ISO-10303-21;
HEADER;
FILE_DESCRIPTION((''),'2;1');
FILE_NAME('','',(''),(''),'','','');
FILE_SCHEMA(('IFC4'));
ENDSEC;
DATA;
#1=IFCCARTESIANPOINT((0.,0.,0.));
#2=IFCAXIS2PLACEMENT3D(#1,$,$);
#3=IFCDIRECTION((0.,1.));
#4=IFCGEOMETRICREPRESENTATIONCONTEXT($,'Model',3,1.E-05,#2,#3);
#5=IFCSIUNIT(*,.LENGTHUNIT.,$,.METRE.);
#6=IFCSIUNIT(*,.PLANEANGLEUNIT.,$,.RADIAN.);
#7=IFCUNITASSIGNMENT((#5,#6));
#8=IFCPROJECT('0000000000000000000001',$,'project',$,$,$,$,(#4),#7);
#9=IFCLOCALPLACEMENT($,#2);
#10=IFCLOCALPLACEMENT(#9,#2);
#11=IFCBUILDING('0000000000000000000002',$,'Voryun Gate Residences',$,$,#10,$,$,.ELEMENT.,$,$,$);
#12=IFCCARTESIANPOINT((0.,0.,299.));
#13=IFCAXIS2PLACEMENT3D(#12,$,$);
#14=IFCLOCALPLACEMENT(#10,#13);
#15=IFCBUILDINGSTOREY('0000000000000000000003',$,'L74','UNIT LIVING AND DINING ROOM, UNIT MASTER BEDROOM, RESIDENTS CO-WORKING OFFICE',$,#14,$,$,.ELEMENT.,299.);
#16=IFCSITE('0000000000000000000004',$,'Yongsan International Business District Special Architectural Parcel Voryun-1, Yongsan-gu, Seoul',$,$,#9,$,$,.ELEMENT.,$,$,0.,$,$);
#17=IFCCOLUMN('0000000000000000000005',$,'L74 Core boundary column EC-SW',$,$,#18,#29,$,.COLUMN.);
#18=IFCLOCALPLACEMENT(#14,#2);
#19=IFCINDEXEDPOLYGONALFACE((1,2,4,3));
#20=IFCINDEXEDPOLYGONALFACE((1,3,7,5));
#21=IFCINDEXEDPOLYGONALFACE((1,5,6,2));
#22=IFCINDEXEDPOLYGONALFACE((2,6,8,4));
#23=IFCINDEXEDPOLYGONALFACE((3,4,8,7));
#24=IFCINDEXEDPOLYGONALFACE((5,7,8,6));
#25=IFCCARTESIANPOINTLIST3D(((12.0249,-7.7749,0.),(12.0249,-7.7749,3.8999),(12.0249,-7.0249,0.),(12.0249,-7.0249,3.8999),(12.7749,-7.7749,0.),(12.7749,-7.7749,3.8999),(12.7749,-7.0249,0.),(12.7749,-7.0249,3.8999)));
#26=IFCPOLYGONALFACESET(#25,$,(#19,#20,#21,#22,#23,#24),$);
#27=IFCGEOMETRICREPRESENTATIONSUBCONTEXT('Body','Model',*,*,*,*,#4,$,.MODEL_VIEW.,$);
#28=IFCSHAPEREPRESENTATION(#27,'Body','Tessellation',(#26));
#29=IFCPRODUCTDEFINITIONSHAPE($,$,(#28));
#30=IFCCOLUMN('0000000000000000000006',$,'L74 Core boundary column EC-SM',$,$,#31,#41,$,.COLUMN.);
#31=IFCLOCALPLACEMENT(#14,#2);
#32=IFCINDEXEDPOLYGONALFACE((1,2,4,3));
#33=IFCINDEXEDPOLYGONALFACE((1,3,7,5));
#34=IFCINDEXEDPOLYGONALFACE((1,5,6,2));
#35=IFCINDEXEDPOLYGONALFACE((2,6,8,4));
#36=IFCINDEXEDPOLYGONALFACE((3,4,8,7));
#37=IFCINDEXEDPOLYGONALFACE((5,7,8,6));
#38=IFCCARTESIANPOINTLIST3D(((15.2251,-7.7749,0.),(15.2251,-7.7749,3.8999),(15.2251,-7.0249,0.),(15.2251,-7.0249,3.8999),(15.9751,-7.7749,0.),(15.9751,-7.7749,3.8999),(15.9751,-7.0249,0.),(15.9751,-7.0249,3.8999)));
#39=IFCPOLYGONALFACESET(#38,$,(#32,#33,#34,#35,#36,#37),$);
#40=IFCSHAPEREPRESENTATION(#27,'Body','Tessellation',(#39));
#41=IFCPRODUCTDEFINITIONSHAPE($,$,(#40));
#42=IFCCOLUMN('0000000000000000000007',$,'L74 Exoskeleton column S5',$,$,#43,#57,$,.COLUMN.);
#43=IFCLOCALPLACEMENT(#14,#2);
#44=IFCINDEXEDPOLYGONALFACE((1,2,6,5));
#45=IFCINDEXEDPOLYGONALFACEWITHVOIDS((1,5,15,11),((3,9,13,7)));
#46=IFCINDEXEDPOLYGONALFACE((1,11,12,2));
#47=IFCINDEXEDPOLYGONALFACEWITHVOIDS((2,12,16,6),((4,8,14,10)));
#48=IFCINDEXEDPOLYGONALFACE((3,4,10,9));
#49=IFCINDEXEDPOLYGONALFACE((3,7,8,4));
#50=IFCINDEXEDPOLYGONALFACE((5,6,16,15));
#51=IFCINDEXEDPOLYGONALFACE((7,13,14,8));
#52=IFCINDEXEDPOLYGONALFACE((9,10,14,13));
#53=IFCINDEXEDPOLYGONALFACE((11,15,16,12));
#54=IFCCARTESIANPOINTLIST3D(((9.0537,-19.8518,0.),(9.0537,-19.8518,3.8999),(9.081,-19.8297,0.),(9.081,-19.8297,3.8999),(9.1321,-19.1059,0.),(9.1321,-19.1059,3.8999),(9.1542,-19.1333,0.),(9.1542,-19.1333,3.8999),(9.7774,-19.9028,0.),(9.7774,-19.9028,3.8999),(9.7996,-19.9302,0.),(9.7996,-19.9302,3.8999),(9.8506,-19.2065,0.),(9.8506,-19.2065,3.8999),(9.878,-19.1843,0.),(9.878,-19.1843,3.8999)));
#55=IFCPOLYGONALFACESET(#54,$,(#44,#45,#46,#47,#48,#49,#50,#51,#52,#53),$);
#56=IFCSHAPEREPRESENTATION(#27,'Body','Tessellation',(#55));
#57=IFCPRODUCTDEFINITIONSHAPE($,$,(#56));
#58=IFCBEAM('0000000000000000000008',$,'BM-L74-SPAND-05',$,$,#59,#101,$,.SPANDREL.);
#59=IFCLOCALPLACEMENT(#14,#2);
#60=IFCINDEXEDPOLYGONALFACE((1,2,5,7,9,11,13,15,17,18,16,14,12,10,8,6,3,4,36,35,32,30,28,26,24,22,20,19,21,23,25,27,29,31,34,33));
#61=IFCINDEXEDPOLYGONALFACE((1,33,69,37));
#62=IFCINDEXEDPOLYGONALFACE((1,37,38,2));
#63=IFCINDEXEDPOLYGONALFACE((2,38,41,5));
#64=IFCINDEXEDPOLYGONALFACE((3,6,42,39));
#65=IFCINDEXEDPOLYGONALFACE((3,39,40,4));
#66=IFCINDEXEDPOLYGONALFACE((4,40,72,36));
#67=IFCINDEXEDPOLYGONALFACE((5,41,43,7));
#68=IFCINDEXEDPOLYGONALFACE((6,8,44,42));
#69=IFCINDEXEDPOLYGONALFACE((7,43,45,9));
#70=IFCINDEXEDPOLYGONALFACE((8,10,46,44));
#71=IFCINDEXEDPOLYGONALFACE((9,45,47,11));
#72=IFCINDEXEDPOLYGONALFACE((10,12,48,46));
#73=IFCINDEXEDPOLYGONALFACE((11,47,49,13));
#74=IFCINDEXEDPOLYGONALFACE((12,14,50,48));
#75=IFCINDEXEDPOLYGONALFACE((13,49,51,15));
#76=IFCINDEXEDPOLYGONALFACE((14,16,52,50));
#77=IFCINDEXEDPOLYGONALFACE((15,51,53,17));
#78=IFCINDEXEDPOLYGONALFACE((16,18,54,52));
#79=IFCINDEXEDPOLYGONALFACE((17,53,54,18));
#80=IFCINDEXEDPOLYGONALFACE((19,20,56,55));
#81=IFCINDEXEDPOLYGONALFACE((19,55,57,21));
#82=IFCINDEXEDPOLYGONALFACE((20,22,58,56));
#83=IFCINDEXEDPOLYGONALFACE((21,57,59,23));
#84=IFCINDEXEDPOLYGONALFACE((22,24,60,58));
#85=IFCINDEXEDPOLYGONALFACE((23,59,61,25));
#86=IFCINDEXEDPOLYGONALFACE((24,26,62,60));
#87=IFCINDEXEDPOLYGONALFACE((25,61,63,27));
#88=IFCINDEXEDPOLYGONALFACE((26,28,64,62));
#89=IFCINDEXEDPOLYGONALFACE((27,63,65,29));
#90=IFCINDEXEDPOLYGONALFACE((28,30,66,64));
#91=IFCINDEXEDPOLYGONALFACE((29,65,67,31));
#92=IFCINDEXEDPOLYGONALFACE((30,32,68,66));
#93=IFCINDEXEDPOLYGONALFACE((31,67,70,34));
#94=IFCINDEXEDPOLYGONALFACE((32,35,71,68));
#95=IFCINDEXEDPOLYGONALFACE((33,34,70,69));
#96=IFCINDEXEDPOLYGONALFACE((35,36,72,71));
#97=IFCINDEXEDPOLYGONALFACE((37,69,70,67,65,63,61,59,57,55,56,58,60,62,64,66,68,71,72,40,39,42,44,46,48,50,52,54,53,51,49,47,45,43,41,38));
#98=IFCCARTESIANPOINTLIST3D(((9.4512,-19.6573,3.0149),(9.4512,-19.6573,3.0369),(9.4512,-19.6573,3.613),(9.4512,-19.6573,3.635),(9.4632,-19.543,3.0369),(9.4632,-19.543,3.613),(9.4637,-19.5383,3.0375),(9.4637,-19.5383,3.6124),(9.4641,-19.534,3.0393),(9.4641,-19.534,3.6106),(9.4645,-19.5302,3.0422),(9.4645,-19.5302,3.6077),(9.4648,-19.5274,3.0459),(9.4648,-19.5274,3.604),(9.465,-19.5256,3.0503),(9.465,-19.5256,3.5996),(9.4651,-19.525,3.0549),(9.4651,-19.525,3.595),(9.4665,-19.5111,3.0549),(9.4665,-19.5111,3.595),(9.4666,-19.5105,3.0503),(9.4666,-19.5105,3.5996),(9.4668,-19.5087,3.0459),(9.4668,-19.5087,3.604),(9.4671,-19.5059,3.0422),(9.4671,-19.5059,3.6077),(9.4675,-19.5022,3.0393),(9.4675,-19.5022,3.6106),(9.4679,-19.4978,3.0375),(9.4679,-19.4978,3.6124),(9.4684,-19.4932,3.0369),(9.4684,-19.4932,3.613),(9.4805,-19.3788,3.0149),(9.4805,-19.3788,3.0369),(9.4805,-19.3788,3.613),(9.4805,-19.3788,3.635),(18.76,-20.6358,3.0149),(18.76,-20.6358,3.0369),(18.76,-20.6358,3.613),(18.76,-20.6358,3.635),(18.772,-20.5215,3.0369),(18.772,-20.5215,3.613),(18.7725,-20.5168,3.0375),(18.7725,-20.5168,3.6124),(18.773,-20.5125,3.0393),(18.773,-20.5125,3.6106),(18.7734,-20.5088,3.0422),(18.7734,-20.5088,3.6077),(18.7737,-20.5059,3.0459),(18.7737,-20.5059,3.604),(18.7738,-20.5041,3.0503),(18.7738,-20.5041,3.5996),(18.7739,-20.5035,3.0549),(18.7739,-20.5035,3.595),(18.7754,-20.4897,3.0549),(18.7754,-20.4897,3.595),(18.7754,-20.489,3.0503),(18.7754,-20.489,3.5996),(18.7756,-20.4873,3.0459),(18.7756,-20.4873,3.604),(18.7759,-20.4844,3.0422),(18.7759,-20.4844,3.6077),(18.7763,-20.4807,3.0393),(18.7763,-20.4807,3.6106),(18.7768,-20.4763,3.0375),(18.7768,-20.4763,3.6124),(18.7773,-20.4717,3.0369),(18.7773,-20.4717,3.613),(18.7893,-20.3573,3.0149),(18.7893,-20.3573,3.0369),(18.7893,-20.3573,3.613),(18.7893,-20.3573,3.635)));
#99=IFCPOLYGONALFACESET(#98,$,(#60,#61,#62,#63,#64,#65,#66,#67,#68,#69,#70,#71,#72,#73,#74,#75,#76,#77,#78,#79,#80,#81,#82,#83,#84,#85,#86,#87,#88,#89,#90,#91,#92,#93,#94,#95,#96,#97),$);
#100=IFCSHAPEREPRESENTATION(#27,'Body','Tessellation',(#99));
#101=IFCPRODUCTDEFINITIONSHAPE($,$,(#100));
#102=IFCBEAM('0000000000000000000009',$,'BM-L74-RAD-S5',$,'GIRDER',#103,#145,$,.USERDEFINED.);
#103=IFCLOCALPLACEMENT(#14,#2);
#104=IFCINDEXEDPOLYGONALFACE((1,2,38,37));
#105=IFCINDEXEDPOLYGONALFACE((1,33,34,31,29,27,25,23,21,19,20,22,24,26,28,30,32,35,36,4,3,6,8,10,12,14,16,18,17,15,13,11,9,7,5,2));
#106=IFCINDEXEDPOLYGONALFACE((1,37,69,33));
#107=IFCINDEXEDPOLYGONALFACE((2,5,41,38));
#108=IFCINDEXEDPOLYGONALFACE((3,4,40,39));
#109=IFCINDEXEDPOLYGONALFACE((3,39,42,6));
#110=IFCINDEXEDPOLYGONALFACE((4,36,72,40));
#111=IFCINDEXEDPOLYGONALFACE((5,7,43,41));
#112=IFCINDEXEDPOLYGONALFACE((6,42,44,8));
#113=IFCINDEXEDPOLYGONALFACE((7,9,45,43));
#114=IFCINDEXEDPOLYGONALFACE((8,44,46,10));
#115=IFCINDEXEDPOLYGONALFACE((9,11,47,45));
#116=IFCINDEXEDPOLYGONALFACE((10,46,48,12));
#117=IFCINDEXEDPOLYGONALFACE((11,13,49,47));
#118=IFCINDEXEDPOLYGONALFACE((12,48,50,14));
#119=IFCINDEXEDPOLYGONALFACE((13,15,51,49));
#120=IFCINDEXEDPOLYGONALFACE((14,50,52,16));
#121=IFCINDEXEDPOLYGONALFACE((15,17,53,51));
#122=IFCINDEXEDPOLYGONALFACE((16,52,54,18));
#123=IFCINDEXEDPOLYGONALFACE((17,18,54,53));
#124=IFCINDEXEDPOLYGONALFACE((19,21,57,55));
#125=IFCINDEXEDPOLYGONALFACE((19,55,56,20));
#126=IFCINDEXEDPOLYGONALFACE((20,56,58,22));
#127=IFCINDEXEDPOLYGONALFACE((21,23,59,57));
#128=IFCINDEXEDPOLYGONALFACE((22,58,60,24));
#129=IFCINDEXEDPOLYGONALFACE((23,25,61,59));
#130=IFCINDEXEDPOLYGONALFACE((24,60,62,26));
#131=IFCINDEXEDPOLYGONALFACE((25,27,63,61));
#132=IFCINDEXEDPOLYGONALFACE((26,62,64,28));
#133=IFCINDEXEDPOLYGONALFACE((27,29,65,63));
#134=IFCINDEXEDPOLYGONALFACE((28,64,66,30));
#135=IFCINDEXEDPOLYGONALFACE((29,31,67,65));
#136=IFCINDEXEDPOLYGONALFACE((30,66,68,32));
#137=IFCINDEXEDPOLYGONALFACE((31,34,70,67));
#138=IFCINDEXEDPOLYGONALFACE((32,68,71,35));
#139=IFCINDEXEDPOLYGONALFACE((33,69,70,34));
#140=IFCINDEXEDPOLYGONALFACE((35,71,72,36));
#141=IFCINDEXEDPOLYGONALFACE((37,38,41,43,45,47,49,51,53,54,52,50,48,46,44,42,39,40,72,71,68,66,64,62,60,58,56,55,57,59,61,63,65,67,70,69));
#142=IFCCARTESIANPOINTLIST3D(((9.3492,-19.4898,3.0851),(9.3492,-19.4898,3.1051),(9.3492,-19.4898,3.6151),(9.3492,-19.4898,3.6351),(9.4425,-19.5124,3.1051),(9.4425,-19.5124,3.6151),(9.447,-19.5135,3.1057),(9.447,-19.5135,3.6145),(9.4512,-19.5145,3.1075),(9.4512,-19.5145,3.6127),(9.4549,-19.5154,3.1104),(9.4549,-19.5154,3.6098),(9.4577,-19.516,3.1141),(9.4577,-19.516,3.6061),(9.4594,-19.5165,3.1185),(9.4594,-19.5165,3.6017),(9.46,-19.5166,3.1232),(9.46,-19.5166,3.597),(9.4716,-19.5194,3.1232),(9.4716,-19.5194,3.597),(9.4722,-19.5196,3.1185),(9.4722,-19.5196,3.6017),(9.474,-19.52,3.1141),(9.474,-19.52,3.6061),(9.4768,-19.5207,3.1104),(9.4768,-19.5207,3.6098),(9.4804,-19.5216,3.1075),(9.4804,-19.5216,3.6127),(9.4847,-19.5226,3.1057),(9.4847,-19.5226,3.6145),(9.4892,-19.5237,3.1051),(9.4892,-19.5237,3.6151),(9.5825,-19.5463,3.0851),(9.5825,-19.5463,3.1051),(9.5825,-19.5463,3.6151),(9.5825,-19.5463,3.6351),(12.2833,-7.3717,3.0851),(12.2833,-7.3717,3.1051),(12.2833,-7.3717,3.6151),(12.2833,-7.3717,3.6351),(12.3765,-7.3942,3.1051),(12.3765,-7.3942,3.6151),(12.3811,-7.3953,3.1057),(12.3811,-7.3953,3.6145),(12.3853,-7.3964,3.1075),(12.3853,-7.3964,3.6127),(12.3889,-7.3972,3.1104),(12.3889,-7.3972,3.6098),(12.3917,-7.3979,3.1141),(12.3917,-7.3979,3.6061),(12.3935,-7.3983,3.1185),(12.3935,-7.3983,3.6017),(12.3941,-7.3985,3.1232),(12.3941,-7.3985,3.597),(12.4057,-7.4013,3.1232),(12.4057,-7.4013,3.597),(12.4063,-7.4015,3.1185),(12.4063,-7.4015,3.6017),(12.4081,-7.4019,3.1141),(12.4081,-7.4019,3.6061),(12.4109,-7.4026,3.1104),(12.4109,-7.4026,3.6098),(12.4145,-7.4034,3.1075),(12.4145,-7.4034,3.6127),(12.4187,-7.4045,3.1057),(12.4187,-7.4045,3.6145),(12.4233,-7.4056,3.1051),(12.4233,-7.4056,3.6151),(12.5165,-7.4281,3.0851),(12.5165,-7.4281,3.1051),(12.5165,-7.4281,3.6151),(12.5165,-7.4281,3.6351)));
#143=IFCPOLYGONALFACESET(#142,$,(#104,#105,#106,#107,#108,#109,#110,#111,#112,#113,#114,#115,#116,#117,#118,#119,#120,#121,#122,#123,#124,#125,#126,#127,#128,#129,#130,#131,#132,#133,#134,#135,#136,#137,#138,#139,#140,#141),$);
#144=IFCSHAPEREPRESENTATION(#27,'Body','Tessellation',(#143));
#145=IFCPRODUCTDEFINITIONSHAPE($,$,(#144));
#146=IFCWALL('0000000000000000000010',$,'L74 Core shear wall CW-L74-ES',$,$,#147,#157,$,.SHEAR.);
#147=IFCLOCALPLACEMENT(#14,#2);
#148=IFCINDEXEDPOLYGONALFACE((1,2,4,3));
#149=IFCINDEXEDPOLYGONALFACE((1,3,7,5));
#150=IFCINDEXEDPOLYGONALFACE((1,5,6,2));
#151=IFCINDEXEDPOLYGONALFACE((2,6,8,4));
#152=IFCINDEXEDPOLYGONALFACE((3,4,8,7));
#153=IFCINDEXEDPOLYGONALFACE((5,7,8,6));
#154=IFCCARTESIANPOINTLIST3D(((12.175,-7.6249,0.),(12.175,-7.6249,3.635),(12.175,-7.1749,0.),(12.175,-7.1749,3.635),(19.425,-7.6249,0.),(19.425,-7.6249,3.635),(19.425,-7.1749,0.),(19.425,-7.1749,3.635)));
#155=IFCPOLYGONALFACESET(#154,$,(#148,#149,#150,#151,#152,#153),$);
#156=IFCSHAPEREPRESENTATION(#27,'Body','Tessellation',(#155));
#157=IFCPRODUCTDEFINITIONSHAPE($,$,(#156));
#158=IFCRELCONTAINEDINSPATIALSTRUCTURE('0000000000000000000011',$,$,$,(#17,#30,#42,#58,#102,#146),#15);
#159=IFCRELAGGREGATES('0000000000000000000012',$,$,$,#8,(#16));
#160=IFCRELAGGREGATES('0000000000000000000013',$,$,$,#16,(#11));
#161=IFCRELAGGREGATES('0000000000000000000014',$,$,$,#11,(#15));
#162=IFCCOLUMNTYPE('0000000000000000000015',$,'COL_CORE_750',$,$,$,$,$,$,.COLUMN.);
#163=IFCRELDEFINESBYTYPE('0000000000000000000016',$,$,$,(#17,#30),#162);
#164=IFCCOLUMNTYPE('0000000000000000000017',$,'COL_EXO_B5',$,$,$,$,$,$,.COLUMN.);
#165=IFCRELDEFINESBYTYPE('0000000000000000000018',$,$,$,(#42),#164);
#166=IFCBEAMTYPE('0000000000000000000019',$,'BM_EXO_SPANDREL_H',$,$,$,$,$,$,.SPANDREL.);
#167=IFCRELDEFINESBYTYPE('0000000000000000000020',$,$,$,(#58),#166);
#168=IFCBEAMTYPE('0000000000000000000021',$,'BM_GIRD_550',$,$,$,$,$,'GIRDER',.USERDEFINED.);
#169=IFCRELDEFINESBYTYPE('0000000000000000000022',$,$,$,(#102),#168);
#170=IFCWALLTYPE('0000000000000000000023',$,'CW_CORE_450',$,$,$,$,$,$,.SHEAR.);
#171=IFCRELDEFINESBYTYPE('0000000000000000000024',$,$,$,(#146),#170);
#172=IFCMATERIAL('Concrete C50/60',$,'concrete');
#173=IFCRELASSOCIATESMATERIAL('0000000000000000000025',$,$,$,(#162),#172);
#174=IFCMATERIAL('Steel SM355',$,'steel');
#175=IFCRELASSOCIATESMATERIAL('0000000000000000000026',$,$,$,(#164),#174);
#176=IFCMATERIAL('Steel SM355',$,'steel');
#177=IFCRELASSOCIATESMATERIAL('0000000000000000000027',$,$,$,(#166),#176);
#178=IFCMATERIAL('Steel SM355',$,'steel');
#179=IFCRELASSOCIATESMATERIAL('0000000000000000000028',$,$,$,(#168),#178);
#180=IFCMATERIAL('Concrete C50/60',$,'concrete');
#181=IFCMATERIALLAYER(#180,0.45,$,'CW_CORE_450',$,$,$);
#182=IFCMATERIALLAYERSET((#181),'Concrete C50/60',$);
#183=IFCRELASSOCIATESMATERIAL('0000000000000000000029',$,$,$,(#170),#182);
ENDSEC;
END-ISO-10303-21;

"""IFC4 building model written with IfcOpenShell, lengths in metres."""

from ifc_helpers import new_model, si_unit, direction, frame, frame_2d, origin, origin_2d, place, context, subcontext, project, spatial, rectangle, hollow_rectangle, i_section, extrude, material, layer, layer_set, material_profile, profile_set, type_object, element, save


model = new_model("IFC4")

# Units and contexts
model_context = context("Model", 3, precision=1e-05, world=origin(), true_north=direction((0.0, 1.0)))
body_context = subcontext(model_context, "Body", "Model", "MODEL_VIEW")
ifc_project = project(units=[si_unit("LENGTHUNIT", "METRE"), si_unit("PLANEANGLEUNIT", "RADIAN")], contexts=[model_context])

# Site, building, storey
site_placement = place(None, origin())
site = spatial("IfcSite", under=ifc_project, at=site_placement, Name="Yongsan International Business District Special Architectural Parcel Voryun-1, Yongsan-gu, Seoul", CompositionType="ELEMENT", RefElevation=0.0)
building_placement = place(site_placement, origin())
building = spatial("IfcBuilding", under=site, at=building_placement, Name="Voryun Gate Residences", CompositionType="ELEMENT")
storey_placement = place(building_placement, frame((0.0, 0.0, 299.0)))
storey = spatial("IfcBuildingStorey", under=building, at=storey_placement, Name="L74", Description="UNIT LIVING AND DINING ROOM, UNIT MASTER BEDROOM, RESIDENTS CO-WORKING OFFICE", CompositionType="ELEMENT", Elevation=299.0)

# Columns
ifc_material_1 = material(Name="Concrete C50/60", Category="concrete")
ifc_material_profile_1 = material_profile(ifc_material_1, rectangle(XDim=0.75, YDim=0.75, at=origin_2d()), Name="RC-750x750")
ifc_profile_set_1 = profile_set([ifc_material_profile_1], Name="Concrete C50/60")
column_type_1 = type_object("IfcColumnType", Name="COL_CORE_750", PredefinedType="COLUMN", material=ifc_profile_set_1)
for number, where, z_axis, x_axis, name in (
    (1, (12.3999, -7.3999, 0.0), (0.0, 0.0, 1.0), (1.0, 0.0, 0.0), "L74 Core boundary column EC-SW"),
    (2, (15.6001, -7.3999, 0.0), (0.0, 0.0, 1.0), (1.0, 0.0, 0.0), "L74 Core boundary column EC-SM"),
):
    element("IfcColumn", number, at=place(storey_placement, frame(where, z_axis=z_axis, x_axis=x_axis)), inside=storey, type_object=column_type_1, Name=name, PredefinedType="COLUMN", context=body_context, shape_type="SweptSolid", body=[
        extrude(rectangle(XDim=0.75, YDim=0.75, at=origin_2d()), origin(), (0.0, 0.0, 1.0), 3.8999),
    ])
ifc_material_2 = material(Name="Steel SM355", Category="steel")
ifc_material_profile_2 = material_profile(ifc_material_2, hollow_rectangle(XDim=0.75, YDim=0.75, WallThickness=0.0249, at=origin_2d()), Name="BOX-750x750x25")
ifc_profile_set_2 = profile_set([ifc_material_profile_2], Name="Steel SM355")
column_type_2 = type_object("IfcColumnType", Name="COL_EXO_B5", PredefinedType="COLUMN", material=ifc_profile_set_2)
column_placement = place(storey_placement, frame((9.4658, -19.5181, 0.0), z_axis=(0.0, 0.0, 1.0), x_axis=(0.994522, -0.104528, 0.0)))
element("IfcColumn", 3, at=column_placement, inside=storey, type_object=column_type_2, Name="L74 Exoskeleton column S5", PredefinedType="COLUMN", context=body_context, shape_type="SweptSolid", body=[
    extrude(hollow_rectangle(XDim=0.75, YDim=0.75, WallThickness=0.0249, at=origin_2d()), origin(), (0.0, 0.0, 1.0), 3.8999),
])

# Beams
ifc_material_3 = material(Name="Steel SM355", Category="steel")
ifc_material_profile_3 = material_profile(ifc_material_3, i_section(OverallWidth=0.28, OverallDepth=0.6201, WebThickness=0.0139, FlangeThickness=0.022, FilletRadius=0.0181, at=origin_2d()), Name="H-620x280x14x22")
ifc_profile_set_3 = profile_set([ifc_material_profile_3], Name="Steel SM355")
beam_type_1 = type_object("IfcBeamType", Name="BM_EXO_SPANDREL_H", PredefinedType="SPANDREL", material=ifc_profile_set_3)
beam_1_placement = place(storey_placement, frame((9.4658, -19.5181, 3.325), z_axis=(0.994521, -0.104541, 0.0), x_axis=(0.104541, 0.994521, 0.0)))
element("IfcBeam", 4, at=beam_1_placement, inside=storey, type_object=beam_type_1, Name="BM-L74-SPAND-05", PredefinedType="SPANDREL", context=body_context, shape_type="SweptSolid", body=[
    extrude(i_section(OverallWidth=0.28, OverallDepth=0.6201, WebThickness=0.0139, FlangeThickness=0.022, FilletRadius=0.0181, at=origin_2d()), origin(), (0.0, 0.0, 1.0), 9.3601),
])
ifc_material_4 = material(Name="Steel SM355", Category="steel")
ifc_material_profile_4 = material_profile(ifc_material_4, i_section(OverallWidth=0.24, OverallDepth=0.55, WebThickness=0.012, FlangeThickness=0.02, FilletRadius=0.0181, at=origin_2d()), Name="H-550x240x12x20")
ifc_profile_set_4 = profile_set([ifc_material_profile_4], Name="Steel SM355")
beam_type_2 = type_object("IfcBeamType", Name="BM_GIRD_550", ElementType="GIRDER", PredefinedType="USERDEFINED", material=ifc_profile_set_4)
beam_2_placement = place(storey_placement, frame((12.3999, -7.3999, 3.3601), z_axis=(-0.235323, -0.971917, 0.0), x_axis=(0.971917, -0.235323, 0.0)))
element("IfcBeam", 5, at=beam_2_placement, inside=storey, type_object=beam_type_2, Name="BM-L74-RAD-S5", ObjectType="GIRDER", PredefinedType="USERDEFINED", context=body_context, shape_type="SweptSolid", body=[
    extrude(i_section(OverallWidth=0.24, OverallDepth=0.55, WebThickness=0.012, FlangeThickness=0.02, FilletRadius=0.0181, at=origin_2d()), origin(), (0.0, 0.0, 1.0), 12.4683),
])

# Wall
ifc_material_5 = material(Name="Concrete C50/60", Category="concrete")
ifc_layer_1 = layer(ifc_material_5, 0.45, Name="CW_CORE_450")
ifc_layer_set_1 = layer_set([ifc_layer_1], Name="Concrete C50/60")
wall_type_1 = type_object("IfcWallType", Name="CW_CORE_450", PredefinedType="SHEAR", material=ifc_layer_set_1)
wall_1_placement = place(storey_placement, frame((12.175, -7.3999, 0.0), z_axis=(0.0, 0.0, 1.0), x_axis=(1.0, 0.0, 0.0)))
element("IfcWall", 6, at=wall_1_placement, inside=storey, type_object=wall_type_1, Name="L74 Core shear wall CW-L74-ES", PredefinedType="SHEAR", context=body_context, shape_type="SweptSolid", body=[
    extrude(rectangle(XDim=7.25, YDim=0.45, at=frame_2d((3.625, 0.0))), origin(), (0.0, 0.0, 1.0), 3.635),
])

save(model, "model.ifc")
